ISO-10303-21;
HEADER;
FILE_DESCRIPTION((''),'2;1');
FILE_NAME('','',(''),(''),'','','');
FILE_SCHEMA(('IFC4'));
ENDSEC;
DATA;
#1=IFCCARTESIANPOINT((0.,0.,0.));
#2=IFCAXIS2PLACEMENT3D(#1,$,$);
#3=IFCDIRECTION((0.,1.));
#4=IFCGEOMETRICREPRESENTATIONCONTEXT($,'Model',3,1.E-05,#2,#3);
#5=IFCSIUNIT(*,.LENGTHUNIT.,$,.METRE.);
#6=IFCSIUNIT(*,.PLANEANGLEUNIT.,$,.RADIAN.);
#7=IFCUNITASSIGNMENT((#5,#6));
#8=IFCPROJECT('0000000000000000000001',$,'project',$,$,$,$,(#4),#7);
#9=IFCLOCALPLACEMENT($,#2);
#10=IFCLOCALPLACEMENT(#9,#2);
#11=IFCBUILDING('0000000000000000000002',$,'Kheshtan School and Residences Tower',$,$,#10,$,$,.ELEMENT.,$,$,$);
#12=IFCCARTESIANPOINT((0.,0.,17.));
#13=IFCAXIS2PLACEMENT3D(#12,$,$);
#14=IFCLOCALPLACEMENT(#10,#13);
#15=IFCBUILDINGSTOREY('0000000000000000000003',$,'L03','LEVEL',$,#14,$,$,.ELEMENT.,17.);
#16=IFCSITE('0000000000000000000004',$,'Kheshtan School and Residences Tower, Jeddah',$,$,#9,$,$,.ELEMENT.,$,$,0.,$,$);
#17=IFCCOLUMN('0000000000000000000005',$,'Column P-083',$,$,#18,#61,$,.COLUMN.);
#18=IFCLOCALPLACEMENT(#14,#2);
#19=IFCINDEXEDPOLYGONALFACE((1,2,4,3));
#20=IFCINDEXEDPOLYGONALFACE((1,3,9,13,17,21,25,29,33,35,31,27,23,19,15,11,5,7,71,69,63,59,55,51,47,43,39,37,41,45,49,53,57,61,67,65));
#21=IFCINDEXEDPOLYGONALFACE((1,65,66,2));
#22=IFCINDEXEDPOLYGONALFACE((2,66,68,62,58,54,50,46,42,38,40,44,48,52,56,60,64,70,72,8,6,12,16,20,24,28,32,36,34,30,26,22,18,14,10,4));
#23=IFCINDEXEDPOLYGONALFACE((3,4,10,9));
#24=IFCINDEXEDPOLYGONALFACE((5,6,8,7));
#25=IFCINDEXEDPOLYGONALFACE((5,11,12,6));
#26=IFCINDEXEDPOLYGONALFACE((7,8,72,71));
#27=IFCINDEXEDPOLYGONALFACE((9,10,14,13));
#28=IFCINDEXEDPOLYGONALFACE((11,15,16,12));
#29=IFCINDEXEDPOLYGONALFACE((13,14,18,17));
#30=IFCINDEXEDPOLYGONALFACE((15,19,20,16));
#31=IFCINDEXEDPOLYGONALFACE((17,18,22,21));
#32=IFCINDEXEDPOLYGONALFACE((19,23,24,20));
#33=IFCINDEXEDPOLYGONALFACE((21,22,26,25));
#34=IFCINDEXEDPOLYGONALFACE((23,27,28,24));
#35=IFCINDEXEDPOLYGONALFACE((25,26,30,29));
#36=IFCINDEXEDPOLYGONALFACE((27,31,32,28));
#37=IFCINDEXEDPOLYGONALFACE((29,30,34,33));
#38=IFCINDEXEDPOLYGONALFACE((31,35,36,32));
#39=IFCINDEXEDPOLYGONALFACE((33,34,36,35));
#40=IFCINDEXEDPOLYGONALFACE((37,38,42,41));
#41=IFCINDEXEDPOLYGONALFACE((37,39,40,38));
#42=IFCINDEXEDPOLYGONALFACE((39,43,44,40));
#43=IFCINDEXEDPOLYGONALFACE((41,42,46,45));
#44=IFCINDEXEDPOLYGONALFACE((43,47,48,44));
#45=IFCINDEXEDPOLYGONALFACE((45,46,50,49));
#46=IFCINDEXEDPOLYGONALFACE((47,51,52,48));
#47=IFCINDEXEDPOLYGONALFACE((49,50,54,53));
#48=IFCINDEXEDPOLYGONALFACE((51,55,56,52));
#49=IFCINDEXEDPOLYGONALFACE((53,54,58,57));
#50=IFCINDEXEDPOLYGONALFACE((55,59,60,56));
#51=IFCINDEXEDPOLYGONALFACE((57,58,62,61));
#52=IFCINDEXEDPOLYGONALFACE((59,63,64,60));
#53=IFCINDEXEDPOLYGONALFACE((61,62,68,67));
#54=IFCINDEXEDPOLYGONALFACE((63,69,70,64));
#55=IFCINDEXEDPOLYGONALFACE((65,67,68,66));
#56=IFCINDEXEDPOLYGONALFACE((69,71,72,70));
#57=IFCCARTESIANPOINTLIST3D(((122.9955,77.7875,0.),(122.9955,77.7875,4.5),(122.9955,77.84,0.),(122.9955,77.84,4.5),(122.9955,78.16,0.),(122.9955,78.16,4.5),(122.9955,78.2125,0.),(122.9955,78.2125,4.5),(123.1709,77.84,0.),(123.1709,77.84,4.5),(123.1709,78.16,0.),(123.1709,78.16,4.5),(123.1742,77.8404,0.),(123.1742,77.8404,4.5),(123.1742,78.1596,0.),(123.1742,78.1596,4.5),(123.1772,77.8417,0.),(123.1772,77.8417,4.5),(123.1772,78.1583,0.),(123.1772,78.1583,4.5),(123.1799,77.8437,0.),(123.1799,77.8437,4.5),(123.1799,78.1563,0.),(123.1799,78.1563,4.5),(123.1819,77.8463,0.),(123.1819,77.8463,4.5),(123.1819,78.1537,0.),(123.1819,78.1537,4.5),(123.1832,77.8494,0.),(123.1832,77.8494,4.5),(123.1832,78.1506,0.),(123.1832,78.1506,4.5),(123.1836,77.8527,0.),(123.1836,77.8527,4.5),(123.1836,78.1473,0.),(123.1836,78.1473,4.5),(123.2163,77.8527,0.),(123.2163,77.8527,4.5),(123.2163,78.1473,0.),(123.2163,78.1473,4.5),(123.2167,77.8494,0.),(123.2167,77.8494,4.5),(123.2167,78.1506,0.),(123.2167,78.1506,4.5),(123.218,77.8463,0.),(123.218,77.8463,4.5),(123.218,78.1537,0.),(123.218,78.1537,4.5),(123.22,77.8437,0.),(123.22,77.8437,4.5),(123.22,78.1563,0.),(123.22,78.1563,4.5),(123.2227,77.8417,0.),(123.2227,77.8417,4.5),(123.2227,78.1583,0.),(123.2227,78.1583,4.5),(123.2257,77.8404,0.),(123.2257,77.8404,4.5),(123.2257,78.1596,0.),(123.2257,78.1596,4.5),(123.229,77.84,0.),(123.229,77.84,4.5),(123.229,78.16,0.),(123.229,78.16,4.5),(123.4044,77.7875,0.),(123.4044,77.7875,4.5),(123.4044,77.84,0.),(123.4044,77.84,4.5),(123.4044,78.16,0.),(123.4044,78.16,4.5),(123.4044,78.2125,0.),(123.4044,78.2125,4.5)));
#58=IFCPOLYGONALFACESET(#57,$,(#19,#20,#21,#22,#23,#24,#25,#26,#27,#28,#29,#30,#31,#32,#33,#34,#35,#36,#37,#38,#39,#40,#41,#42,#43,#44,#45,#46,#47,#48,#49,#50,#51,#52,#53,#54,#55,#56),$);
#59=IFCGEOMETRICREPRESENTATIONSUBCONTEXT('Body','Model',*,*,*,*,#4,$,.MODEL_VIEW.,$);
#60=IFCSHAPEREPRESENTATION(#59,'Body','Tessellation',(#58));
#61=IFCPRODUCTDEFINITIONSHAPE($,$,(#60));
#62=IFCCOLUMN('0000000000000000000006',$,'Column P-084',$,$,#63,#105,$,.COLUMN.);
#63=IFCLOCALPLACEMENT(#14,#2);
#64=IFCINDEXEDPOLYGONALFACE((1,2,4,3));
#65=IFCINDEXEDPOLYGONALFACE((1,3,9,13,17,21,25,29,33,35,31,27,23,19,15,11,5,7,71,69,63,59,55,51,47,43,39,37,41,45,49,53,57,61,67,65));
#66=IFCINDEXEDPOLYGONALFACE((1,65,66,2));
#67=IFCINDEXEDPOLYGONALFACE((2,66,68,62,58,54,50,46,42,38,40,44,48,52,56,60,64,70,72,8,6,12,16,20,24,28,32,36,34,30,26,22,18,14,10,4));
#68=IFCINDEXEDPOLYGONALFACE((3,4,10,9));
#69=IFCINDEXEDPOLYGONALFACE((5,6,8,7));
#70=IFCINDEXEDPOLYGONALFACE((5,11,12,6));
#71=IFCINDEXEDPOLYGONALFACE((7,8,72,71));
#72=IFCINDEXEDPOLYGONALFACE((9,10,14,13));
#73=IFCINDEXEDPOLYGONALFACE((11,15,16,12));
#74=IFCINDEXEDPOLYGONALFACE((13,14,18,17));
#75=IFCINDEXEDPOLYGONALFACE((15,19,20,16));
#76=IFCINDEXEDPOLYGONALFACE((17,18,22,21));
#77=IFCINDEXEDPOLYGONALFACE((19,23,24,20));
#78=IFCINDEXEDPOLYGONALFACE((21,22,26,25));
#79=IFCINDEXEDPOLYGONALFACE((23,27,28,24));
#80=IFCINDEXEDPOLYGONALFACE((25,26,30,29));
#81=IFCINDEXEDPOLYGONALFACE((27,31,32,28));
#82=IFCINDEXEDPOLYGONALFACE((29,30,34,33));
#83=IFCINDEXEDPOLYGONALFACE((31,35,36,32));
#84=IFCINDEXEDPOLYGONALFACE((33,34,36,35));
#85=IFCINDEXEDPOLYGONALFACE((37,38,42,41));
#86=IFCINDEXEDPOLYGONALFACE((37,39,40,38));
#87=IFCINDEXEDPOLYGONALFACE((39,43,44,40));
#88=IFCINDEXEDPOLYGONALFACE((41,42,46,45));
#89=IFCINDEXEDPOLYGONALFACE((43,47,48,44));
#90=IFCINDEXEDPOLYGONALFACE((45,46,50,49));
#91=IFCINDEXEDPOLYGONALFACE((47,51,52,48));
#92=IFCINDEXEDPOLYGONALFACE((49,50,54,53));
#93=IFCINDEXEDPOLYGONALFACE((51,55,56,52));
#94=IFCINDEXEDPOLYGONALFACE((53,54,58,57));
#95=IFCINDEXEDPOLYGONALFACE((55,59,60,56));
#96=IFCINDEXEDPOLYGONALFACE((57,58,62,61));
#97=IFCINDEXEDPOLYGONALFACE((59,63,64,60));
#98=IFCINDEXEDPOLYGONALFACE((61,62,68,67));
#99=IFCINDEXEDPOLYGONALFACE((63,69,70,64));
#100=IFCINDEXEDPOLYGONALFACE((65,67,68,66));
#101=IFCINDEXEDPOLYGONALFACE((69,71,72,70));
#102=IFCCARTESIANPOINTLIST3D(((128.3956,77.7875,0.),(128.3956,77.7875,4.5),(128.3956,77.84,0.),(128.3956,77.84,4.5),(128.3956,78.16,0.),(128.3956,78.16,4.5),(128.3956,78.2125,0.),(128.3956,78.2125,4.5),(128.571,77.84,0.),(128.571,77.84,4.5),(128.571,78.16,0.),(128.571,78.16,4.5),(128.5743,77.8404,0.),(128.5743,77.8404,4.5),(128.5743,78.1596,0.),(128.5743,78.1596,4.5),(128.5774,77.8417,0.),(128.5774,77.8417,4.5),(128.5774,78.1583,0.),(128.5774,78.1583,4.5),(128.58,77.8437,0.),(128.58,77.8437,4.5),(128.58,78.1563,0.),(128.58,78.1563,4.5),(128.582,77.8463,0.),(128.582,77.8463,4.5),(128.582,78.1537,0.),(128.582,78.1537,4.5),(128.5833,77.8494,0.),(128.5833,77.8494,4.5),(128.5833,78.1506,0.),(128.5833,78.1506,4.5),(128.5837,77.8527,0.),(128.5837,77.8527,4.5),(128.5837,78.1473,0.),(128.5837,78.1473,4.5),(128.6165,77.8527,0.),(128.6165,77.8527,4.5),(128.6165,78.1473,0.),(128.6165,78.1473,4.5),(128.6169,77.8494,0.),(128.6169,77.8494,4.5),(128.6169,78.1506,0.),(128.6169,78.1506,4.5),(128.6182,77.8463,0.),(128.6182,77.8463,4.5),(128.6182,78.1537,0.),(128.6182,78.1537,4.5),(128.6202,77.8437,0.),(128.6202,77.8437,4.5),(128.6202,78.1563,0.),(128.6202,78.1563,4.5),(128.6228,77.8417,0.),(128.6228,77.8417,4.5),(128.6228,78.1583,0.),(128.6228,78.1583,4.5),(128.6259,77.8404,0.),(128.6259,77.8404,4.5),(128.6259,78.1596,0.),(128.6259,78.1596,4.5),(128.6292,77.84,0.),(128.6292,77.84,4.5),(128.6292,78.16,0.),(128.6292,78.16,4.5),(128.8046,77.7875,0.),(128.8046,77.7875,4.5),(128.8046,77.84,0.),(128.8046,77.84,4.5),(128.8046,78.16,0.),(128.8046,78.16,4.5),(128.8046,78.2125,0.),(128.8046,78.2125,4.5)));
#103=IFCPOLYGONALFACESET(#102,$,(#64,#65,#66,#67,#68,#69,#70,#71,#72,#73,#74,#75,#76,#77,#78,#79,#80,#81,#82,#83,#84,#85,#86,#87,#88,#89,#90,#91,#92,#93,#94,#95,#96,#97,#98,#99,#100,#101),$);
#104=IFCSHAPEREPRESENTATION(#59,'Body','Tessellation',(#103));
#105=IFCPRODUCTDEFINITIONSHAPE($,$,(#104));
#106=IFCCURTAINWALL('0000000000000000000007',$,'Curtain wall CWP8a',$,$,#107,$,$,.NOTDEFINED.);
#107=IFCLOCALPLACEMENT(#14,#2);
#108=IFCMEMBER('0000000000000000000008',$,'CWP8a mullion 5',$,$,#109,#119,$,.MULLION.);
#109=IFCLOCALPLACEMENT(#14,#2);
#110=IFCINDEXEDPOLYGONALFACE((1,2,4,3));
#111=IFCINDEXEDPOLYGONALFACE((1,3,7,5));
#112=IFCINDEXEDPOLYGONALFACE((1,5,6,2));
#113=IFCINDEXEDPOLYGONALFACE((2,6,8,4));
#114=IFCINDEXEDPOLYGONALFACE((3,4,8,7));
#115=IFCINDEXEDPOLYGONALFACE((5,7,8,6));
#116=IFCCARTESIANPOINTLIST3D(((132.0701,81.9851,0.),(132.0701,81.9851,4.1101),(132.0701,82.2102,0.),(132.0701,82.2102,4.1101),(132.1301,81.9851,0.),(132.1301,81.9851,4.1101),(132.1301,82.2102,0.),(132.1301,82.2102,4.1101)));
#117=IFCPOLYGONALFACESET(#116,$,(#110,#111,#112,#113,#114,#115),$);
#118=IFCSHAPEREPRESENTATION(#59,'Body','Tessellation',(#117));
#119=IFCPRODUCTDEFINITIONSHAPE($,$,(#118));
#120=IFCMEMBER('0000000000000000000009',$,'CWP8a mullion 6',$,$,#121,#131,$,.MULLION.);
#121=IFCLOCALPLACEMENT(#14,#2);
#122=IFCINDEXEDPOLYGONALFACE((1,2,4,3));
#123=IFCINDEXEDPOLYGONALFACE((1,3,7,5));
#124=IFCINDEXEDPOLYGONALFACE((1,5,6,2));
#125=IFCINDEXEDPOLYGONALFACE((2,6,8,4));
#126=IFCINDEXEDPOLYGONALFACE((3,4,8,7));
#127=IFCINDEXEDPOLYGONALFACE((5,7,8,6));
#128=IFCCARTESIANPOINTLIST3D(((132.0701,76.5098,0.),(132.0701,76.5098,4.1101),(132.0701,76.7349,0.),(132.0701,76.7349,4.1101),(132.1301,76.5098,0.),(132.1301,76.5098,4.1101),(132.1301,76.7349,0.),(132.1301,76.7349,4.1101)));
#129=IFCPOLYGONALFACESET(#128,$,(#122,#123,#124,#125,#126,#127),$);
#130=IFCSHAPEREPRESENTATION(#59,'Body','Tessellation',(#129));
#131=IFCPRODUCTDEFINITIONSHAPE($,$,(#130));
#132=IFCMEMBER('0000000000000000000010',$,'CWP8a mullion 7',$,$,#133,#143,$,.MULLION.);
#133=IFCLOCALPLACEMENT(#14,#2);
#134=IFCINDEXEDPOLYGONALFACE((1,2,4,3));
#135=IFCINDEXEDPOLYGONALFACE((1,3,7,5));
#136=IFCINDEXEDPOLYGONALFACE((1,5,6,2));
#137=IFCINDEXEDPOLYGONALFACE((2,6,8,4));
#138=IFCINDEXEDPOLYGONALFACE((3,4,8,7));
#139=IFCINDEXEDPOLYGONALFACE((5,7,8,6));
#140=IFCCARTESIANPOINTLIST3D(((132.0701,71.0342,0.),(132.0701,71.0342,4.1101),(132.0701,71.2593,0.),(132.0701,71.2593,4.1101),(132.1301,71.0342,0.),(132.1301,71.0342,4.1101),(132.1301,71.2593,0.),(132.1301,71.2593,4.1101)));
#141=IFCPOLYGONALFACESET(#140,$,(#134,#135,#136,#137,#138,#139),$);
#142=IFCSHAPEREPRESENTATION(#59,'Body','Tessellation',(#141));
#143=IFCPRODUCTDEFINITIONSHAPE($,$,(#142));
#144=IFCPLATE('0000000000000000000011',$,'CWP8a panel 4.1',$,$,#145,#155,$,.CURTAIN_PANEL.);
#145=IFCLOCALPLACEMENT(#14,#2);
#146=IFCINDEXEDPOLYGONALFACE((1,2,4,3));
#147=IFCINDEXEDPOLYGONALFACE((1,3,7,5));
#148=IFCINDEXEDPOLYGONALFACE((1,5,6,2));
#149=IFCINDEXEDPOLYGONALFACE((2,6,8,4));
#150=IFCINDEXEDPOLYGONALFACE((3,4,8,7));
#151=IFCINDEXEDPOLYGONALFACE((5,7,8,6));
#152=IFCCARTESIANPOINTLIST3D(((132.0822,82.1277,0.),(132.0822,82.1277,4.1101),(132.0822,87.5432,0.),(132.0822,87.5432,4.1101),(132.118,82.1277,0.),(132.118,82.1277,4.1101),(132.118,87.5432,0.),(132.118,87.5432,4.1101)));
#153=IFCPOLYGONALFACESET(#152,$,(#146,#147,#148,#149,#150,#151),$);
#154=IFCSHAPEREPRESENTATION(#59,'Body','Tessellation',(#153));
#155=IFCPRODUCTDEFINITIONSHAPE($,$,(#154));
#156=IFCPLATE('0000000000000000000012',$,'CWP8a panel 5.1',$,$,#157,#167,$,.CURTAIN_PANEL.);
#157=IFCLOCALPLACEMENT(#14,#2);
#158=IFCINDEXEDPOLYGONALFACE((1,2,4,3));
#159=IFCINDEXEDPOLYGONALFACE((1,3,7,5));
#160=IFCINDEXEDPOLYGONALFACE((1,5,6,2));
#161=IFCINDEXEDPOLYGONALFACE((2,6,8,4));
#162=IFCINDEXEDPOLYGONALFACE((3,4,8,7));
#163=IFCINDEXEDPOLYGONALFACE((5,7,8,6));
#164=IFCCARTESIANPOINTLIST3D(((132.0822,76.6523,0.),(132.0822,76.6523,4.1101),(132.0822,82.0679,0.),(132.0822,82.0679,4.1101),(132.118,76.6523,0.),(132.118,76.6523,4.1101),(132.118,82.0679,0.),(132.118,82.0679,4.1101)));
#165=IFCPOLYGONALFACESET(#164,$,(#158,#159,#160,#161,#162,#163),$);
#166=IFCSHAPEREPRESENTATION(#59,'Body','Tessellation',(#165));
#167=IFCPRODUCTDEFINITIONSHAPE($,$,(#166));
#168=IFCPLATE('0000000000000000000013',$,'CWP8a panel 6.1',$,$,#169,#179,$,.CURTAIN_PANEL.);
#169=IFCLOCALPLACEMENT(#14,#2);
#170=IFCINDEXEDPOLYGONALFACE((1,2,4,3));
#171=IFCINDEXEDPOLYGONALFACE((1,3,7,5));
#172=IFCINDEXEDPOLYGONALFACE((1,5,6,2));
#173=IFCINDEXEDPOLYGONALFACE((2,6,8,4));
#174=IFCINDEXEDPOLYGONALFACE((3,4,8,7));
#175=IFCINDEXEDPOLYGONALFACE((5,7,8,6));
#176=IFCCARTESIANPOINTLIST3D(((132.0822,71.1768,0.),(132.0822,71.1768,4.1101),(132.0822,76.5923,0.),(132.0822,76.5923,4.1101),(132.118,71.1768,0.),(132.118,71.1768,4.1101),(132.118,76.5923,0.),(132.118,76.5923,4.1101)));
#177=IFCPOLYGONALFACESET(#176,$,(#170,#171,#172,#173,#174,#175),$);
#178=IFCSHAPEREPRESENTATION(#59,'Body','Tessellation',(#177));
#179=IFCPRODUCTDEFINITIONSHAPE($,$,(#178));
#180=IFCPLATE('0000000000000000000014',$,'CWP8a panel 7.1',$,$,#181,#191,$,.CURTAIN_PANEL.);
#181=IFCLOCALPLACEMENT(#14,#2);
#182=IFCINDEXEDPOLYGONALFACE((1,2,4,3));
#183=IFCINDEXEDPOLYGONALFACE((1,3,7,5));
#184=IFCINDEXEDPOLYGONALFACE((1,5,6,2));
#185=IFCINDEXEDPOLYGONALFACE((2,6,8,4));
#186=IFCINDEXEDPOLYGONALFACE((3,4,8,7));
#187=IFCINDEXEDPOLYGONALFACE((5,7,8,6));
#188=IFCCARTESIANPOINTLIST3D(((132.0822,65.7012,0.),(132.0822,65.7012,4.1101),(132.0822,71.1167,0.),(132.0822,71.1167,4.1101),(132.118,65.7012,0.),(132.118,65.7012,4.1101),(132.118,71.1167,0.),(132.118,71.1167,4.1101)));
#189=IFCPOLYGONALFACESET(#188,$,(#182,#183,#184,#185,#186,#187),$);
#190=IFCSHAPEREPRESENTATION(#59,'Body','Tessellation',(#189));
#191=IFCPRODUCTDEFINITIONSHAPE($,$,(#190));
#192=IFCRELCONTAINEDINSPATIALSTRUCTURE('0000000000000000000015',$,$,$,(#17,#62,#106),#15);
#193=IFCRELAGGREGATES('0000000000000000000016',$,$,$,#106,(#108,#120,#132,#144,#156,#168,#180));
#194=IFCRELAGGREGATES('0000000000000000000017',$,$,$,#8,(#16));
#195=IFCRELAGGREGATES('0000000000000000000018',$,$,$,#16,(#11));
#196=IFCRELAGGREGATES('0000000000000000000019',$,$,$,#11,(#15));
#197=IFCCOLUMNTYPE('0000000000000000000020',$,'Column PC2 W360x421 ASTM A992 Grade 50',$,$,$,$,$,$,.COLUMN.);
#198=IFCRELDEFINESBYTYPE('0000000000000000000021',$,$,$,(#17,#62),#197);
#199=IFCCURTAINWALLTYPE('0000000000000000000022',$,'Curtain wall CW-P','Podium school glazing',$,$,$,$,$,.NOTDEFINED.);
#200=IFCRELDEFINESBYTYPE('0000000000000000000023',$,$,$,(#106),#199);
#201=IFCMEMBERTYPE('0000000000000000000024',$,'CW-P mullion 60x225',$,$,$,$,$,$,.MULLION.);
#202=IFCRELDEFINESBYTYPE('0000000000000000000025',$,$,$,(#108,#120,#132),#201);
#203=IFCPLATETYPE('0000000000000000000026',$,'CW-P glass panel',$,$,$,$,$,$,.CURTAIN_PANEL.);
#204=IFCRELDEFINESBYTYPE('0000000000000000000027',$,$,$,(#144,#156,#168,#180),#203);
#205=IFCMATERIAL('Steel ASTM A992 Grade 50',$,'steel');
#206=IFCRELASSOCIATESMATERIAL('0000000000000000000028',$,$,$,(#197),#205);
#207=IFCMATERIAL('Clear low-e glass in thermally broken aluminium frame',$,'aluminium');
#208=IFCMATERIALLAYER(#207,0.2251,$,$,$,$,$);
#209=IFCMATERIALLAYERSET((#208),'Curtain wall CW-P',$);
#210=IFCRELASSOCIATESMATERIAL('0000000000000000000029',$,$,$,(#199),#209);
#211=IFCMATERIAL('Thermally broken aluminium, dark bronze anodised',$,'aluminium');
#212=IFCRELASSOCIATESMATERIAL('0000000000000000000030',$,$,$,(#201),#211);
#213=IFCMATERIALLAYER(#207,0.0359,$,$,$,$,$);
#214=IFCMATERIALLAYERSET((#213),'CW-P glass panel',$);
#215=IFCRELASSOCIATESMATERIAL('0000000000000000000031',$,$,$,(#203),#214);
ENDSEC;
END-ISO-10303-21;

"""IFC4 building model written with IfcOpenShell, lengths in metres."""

from ifc_helpers import new_model, si_unit, direction, frame, origin, origin_2d, place, context, subcontext, project, spatial, rectangle, i_section, extrude, material, layer, layer_set, material_profile, profile_set, type_object, element, aggregate, save


model = new_model("IFC4")

# Units and contexts
model_context = context("Model", 3, precision=1e-05, world=origin(), true_north=direction((0.0, 1.0)))
body_context = subcontext(model_context, "Body", "Model", "MODEL_VIEW")
ifc_project = project(units=[si_unit("LENGTHUNIT", "METRE"), si_unit("PLANEANGLEUNIT", "RADIAN")], contexts=[model_context])

# Site, building, storey
site_placement = place(None, origin())
site = spatial("IfcSite", under=ifc_project, at=site_placement, Name="Kheshtan School and Residences Tower, Jeddah", CompositionType="ELEMENT", RefElevation=0.0)
building_placement = place(site_placement, origin())
building = spatial("IfcBuilding", under=site, at=building_placement, Name="Kheshtan School and Residences Tower", CompositionType="ELEMENT")
storey_placement = place(building_placement, frame((0.0, 0.0, 17.0)))
storey = spatial("IfcBuildingStorey", under=building, at=storey_placement, Name="L03", Description="LEVEL", CompositionType="ELEMENT", Elevation=17.0)

# Columns
ifc_material_1 = material(Name="Steel ASTM A992 Grade 50", Category="steel")
ifc_material_profile_1 = material_profile(ifc_material_1, i_section(OverallWidth=0.4089, OverallDepth=0.425, WebThickness=0.0327, FlangeThickness=0.0525, FilletRadius=0.0127, at=origin_2d()), Name="W360x421")
ifc_profile_set_1 = profile_set([ifc_material_profile_1], Name="Steel ASTM A992 Grade 50")
column_type = type_object("IfcColumnType", Name="Column PC2 W360x421 ASTM A992 Grade 50", PredefinedType="COLUMN", material=ifc_profile_set_1)
for number, where, z_axis, x_axis, name in (
    (1, (123.2, 78.0, 0.0), (0.0, 0.0, 1.0), (1.0, 0.0, 0.0), "Column P-083"),
    (2, (128.6001, 78.0, 0.0), (0.0, 0.0, 1.0), (1.0, 0.0, 0.0), "Column P-084"),
):
    element("IfcColumn", number, at=place(storey_placement, frame(where, z_axis=z_axis, x_axis=x_axis)), inside=storey, type_object=column_type, Name=name, PredefinedType="COLUMN", context=body_context, shape_type="SweptSolid", body=[
        extrude(i_section(OverallWidth=0.4089, OverallDepth=0.425, WebThickness=0.0327, FlangeThickness=0.0525, FilletRadius=0.0127, at=origin_2d()), origin(), (0.0, 0.0, 1.0), 4.5),
    ])

# Curtain wall, members, plates
ifc_material_2 = material(Name="Clear low-e glass in thermally broken aluminium frame", Category="aluminium")
ifc_layer_1 = layer(ifc_material_2, 0.2251)
ifc_layer_set_1 = layer_set([ifc_layer_1], Name="Curtain wall CW-P")
curtain_wall_type = type_object("IfcCurtainWallType", Name="Curtain wall CW-P", Description="Podium school glazing", PredefinedType="NOTDEFINED", material=ifc_layer_set_1)
curtain_wall_placement = place(storey_placement, origin())
curtain_wall = element("IfcCurtainWall", 3, at=curtain_wall_placement, inside=storey, type_object=curtain_wall_type, Name="Curtain wall CWP8a", PredefinedType="NOTDEFINED")
ifc_material_3 = material(Name="Thermally broken aluminium, dark bronze anodised", Category="aluminium")
ifc_material_profile_2 = material_profile(ifc_material_3, rectangle(XDim=0.0601, YDim=0.2251, at=origin_2d()), Name="CW-P mullion 60x225")
ifc_profile_set_2 = profile_set([ifc_material_profile_2], Name="Thermally broken aluminium, dark bronze anodised")
member_type = type_object("IfcMemberType", Name="CW-P mullion 60x225", PredefinedType="MULLION", material=ifc_profile_set_2)
member_1_placement = place(storey_placement, frame((132.1001, 82.0977, 0.0), z_axis=(0.0, 0.0, 1.0), x_axis=(1.0, 0.0, 0.0)))
member_1 = element("IfcMember", 4, at=member_1_placement, type_object=member_type, Name="CWP8a mullion 5", PredefinedType="MULLION", context=body_context, shape_type="SweptSolid", body=[
    extrude(rectangle(XDim=0.0601, YDim=0.2251, at=origin_2d()), origin(), (0.0, 0.0, 1.0), 4.1101),
])
member_2_placement = place(storey_placement, frame((132.1001, 76.6223, 0.0), z_axis=(0.0, 0.0, 1.0), x_axis=(1.0, 0.0, 0.0)))
member_2 = element("IfcMember", 5, at=member_2_placement, type_object=member_type, Name="CWP8a mullion 6", PredefinedType="MULLION", context=body_context, shape_type="SweptSolid", body=[
    extrude(rectangle(XDim=0.0601, YDim=0.2251, at=origin_2d()), origin(), (0.0, 0.0, 1.0), 4.1101),
])
member_3_placement = place(storey_placement, frame((132.1001, 71.1467, 0.0), z_axis=(0.0, 0.0, 1.0), x_axis=(1.0, 0.0, 0.0)))
member_3 = element("IfcMember", 6, at=member_3_placement, type_object=member_type, Name="CWP8a mullion 7", PredefinedType="MULLION", context=body_context, shape_type="SweptSolid", body=[
    extrude(rectangle(XDim=0.0601, YDim=0.2251, at=origin_2d()), origin(), (0.0, 0.0, 1.0), 4.1101),
])
ifc_layer_2 = layer(ifc_material_2, 0.0359)
ifc_layer_set_2 = layer_set([ifc_layer_2], Name="CW-P glass panel")
plate_type = type_object("IfcPlateType", Name="CW-P glass panel", PredefinedType="CURTAIN_PANEL", material=ifc_layer_set_2)
plate_1_placement = place(storey_placement, frame((132.1001, 84.8354, 0.0), z_axis=(0.0, 0.0, 1.0), x_axis=(0.0, -1.0, 0.0)))
plate_1 = element("IfcPlate", 7, at=plate_1_placement, type_object=plate_type, Name="CWP8a panel 4.1", PredefinedType="CURTAIN_PANEL", context=body_context, shape_type="SweptSolid", body=[
    extrude(rectangle(XDim=5.4155, YDim=0.0359, at=origin_2d()), origin(), (0.0, 0.0, 1.0), 4.1101),
])
plate_2_placement = place(storey_placement, frame((132.1001, 79.3601, 0.0), z_axis=(0.0, 0.0, 1.0), x_axis=(0.0, -1.0, 0.0)))
plate_2 = element("IfcPlate", 8, at=plate_2_placement, type_object=plate_type, Name="CWP8a panel 5.1", PredefinedType="CURTAIN_PANEL", context=body_context, shape_type="SweptSolid", body=[
    extrude(rectangle(XDim=5.4155, YDim=0.0359, at=origin_2d()), origin(), (0.0, 0.0, 1.0), 4.1101),
])
plate_3_placement = place(storey_placement, frame((132.1001, 73.8845, 0.0), z_axis=(0.0, 0.0, 1.0), x_axis=(0.0, -1.0, 0.0)))
plate_3 = element("IfcPlate", 9, at=plate_3_placement, type_object=plate_type, Name="CWP8a panel 6.1", PredefinedType="CURTAIN_PANEL", context=body_context, shape_type="SweptSolid", body=[
    extrude(rectangle(XDim=5.4155, YDim=0.0359, at=origin_2d()), origin(), (0.0, 0.0, 1.0), 4.1101),
])
plate_4_placement = place(storey_placement, frame((132.1001, 68.4089, 0.0), z_axis=(0.0, 0.0, 1.0), x_axis=(0.0, -1.0, 0.0)))
plate_4 = element("IfcPlate", 10, at=plate_4_placement, type_object=plate_type, Name="CWP8a panel 7.1", PredefinedType="CURTAIN_PANEL", context=body_context, shape_type="SweptSolid", body=[
    extrude(rectangle(XDim=5.4155, YDim=0.0359, at=origin_2d()), origin(), (0.0, 0.0, 1.0), 4.1101),
])
aggregate(curtain_wall, [member_1, member_2, member_3, plate_1, plate_2, plate_3, plate_4])

save(model, "model.ifc")
